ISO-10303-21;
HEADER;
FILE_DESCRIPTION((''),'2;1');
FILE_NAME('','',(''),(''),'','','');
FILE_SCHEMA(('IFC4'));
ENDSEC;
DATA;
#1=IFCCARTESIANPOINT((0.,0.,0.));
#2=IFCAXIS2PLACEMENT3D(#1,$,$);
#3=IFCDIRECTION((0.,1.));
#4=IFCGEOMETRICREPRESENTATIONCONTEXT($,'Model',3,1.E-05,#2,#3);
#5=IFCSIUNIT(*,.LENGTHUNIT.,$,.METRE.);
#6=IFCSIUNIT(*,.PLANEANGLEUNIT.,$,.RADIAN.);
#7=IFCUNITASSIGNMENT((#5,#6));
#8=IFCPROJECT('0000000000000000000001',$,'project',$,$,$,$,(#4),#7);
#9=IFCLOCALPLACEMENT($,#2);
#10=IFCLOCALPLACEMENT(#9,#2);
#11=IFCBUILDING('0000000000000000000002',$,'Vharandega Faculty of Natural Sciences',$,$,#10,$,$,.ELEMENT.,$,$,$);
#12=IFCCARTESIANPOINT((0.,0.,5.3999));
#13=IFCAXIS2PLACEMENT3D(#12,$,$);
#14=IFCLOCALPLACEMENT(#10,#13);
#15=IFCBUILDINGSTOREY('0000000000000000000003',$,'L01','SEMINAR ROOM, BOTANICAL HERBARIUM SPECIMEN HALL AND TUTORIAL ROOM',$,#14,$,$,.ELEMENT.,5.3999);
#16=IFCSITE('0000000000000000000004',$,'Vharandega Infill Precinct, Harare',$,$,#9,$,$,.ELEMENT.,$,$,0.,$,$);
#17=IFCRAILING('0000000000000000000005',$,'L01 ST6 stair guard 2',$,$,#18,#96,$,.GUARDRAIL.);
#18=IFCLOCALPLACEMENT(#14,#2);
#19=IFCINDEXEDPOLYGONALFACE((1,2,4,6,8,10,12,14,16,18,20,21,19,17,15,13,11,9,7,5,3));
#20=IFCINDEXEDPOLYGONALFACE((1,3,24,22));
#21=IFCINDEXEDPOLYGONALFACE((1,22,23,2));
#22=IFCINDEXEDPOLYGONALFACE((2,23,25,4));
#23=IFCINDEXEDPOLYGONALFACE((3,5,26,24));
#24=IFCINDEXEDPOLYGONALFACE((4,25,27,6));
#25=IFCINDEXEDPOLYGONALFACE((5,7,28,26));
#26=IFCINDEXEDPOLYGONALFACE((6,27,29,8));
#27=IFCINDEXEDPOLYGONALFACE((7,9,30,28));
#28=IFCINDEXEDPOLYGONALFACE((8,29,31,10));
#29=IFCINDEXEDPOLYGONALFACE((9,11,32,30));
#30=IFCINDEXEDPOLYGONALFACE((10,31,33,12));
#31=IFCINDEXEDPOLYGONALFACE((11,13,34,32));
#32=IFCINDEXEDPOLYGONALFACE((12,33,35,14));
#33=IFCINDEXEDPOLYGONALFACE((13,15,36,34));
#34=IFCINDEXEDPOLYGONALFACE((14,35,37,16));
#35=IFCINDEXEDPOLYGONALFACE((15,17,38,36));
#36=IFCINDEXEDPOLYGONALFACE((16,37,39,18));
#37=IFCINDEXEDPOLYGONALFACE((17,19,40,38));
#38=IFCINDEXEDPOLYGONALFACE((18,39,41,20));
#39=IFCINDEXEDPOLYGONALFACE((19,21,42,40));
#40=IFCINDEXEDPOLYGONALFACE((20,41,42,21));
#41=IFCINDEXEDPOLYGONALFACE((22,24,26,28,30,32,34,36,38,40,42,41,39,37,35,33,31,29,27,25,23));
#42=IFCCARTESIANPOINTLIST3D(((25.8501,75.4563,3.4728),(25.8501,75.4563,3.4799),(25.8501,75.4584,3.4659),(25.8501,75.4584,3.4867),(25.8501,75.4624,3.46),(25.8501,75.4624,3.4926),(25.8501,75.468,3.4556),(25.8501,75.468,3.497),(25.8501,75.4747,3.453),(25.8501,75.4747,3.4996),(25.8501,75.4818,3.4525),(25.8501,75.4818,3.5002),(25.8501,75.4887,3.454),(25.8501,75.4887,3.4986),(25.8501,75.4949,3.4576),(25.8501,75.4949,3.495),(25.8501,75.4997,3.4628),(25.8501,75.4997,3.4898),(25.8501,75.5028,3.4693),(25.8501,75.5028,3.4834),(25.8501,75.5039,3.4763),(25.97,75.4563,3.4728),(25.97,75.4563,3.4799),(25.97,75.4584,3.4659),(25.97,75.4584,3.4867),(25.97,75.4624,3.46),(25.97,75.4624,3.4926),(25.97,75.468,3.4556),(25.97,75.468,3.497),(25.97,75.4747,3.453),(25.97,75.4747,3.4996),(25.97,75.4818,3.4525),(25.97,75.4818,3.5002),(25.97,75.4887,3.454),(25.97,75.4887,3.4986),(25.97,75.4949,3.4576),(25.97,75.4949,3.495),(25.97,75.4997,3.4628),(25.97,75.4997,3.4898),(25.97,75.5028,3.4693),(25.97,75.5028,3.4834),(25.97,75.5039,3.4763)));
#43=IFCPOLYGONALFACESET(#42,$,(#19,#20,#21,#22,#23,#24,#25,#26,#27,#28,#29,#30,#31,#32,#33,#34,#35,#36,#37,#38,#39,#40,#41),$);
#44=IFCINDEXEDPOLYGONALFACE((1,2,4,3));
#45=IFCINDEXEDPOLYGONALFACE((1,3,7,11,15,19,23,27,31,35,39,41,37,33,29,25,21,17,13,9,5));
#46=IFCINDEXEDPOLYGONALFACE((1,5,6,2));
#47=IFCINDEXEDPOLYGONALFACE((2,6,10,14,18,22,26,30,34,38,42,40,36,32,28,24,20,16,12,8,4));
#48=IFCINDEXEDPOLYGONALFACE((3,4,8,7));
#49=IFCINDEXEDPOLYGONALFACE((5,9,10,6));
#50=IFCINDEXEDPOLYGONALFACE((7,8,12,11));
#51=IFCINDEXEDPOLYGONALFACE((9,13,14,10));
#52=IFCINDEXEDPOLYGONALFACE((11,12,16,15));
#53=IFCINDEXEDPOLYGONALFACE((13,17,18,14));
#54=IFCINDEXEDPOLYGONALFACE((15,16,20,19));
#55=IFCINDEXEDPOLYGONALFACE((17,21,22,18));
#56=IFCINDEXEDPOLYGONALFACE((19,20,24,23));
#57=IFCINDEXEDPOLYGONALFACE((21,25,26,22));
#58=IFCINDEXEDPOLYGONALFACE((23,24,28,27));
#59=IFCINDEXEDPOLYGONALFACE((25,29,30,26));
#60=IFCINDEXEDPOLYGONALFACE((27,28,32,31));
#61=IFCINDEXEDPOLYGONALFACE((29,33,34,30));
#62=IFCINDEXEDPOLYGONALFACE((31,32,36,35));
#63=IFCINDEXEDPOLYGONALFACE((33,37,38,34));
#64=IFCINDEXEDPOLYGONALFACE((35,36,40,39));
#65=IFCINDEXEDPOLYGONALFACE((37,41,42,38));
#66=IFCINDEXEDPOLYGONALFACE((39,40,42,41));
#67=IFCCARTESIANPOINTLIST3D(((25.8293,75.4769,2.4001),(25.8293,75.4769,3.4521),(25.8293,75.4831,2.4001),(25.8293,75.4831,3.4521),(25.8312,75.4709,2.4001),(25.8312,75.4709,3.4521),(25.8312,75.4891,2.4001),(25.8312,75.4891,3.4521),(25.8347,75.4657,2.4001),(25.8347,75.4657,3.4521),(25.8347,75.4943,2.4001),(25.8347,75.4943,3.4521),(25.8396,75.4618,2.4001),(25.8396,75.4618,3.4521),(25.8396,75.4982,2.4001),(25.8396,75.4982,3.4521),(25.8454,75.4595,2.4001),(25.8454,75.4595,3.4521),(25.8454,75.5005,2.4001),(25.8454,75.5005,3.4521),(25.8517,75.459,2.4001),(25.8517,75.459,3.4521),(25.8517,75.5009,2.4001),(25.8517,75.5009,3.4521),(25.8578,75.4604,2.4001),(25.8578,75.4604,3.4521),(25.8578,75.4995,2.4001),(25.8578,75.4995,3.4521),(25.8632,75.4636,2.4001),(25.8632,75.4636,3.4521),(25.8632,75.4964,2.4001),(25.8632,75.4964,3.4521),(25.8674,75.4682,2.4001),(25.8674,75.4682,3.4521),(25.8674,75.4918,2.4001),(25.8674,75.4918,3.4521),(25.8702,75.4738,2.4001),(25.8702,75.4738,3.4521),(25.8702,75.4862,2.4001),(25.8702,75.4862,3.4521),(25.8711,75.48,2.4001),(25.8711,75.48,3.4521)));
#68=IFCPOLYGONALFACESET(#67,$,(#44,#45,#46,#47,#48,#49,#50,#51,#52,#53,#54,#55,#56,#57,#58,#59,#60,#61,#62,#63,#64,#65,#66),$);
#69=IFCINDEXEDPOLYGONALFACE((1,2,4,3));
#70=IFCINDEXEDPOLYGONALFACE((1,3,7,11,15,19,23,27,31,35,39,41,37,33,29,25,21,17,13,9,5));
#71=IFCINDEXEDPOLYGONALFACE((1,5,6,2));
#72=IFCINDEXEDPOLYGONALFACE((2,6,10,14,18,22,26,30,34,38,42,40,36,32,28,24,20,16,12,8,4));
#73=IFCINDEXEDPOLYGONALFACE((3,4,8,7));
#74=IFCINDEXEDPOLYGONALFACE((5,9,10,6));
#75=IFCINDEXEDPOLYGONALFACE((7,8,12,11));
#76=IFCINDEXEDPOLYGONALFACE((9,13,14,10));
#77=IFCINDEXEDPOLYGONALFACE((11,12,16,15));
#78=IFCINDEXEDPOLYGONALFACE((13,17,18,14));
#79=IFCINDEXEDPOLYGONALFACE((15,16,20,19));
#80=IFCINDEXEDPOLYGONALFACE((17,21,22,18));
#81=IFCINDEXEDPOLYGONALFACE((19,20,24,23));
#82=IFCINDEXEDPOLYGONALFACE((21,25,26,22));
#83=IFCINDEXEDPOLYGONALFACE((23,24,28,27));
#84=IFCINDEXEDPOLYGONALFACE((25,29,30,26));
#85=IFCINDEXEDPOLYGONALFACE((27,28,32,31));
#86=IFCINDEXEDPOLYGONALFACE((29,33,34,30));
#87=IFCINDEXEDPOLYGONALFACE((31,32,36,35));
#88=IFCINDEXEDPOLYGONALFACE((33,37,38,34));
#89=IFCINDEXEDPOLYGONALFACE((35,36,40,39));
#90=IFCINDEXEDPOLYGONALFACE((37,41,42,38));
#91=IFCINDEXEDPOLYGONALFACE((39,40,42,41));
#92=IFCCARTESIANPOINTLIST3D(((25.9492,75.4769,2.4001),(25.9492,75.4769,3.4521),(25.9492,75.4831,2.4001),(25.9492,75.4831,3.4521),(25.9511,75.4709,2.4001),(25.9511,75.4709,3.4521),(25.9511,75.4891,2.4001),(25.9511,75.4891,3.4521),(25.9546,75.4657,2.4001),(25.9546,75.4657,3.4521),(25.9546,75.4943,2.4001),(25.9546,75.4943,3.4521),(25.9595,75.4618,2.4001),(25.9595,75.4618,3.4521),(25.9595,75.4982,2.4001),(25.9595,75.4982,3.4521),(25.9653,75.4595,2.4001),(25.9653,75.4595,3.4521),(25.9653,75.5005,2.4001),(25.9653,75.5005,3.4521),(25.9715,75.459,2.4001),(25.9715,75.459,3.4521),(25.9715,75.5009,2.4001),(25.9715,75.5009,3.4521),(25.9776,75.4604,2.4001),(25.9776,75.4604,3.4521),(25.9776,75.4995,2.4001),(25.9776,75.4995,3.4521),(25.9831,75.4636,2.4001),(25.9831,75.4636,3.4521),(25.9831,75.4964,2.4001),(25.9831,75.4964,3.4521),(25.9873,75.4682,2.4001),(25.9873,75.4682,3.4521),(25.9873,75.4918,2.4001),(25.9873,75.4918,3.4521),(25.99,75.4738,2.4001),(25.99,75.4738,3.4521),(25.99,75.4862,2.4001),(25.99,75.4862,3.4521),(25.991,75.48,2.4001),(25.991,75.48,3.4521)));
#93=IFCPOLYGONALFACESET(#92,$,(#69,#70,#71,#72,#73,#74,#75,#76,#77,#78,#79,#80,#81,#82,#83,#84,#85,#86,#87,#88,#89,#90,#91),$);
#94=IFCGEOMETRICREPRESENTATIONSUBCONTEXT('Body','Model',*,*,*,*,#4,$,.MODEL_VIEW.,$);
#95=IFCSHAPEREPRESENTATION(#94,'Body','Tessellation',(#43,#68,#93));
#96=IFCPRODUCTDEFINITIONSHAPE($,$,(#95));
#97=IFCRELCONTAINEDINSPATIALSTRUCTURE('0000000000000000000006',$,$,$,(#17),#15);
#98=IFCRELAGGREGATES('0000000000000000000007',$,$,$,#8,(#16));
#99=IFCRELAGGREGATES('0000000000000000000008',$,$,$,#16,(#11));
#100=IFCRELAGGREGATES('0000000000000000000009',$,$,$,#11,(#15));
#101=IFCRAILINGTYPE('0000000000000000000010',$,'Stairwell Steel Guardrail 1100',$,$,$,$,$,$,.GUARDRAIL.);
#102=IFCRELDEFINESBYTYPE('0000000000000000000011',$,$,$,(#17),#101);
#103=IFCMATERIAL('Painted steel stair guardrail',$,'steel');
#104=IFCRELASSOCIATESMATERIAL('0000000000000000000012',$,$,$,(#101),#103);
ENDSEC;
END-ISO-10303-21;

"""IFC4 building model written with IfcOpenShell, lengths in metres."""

from ifc_helpers import new_model, si_unit, direction, frame, origin, origin_2d, place, context, subcontext, project, spatial, circle, extrude, material, type_object, element, save


model = new_model("IFC4")

# Units and contexts
model_context = context("Model", 3, precision=1e-05, world=origin(), true_north=direction((0.0, 1.0)))
body_context = subcontext(model_context, "Body", "Model", "MODEL_VIEW")
ifc_project = project(units=[si_unit("LENGTHUNIT", "METRE"), si_unit("PLANEANGLEUNIT", "RADIAN")], contexts=[model_context])

# Site, building, storey
site_placement = place(None, origin())
site = spatial("IfcSite", under=ifc_project, at=site_placement, Name="Vharandega Infill Precinct, Harare", CompositionType="ELEMENT", RefElevation=0.0)
building_placement = place(site_placement, origin())
building = spatial("IfcBuilding", under=site, at=building_placement, Name="Vharandega Faculty of Natural Sciences", CompositionType="ELEMENT")
storey_placement = place(building_placement, frame((0.0, 0.0, 5.3999)))
storey = spatial("IfcBuildingStorey", under=building, at=storey_placement, Name="L01", Description="SEMINAR ROOM, BOTANICAL HERBARIUM SPECIMEN HALL AND TUTORIAL ROOM", CompositionType="ELEMENT", Elevation=5.3999)

# Railing
ifc_material_1 = material(Name="Painted steel stair guardrail", Category="steel")
railing_type_1 = type_object("IfcRailingType", Name="Stairwell Steel Guardrail 1100", PredefinedType="GUARDRAIL", material=ifc_material_1)
railing_1_placement = place(storey_placement, frame((25.8501, 75.48, 2.4001)))
element("IfcRailing", 1, at=railing_1_placement, inside=storey, type_object=railing_type_1, Name="L01 ST6 stair guard 2", PredefinedType="GUARDRAIL", context=body_context, shape_type="SweptSolid", body=[
    extrude(circle(Radius=0.0239, at=origin_2d()), frame((0.0, 0.0, 1.0762), z_axis=(1.0, 0.0, 0.0), x_axis=(0.0, 1.0, 0.0)), (0.0, 0.0, 1.0), 0.1199),
    extrude(circle(Radius=0.021, at=origin_2d()), origin(), (0.0, 0.0, 1.0), 1.052),
    extrude(circle(Radius=0.021, at=origin_2d()), frame((0.1199, 0.0, 0.0)), (0.0, 0.0, 1.0), 1.052),
])

save(model, "model.ifc")
